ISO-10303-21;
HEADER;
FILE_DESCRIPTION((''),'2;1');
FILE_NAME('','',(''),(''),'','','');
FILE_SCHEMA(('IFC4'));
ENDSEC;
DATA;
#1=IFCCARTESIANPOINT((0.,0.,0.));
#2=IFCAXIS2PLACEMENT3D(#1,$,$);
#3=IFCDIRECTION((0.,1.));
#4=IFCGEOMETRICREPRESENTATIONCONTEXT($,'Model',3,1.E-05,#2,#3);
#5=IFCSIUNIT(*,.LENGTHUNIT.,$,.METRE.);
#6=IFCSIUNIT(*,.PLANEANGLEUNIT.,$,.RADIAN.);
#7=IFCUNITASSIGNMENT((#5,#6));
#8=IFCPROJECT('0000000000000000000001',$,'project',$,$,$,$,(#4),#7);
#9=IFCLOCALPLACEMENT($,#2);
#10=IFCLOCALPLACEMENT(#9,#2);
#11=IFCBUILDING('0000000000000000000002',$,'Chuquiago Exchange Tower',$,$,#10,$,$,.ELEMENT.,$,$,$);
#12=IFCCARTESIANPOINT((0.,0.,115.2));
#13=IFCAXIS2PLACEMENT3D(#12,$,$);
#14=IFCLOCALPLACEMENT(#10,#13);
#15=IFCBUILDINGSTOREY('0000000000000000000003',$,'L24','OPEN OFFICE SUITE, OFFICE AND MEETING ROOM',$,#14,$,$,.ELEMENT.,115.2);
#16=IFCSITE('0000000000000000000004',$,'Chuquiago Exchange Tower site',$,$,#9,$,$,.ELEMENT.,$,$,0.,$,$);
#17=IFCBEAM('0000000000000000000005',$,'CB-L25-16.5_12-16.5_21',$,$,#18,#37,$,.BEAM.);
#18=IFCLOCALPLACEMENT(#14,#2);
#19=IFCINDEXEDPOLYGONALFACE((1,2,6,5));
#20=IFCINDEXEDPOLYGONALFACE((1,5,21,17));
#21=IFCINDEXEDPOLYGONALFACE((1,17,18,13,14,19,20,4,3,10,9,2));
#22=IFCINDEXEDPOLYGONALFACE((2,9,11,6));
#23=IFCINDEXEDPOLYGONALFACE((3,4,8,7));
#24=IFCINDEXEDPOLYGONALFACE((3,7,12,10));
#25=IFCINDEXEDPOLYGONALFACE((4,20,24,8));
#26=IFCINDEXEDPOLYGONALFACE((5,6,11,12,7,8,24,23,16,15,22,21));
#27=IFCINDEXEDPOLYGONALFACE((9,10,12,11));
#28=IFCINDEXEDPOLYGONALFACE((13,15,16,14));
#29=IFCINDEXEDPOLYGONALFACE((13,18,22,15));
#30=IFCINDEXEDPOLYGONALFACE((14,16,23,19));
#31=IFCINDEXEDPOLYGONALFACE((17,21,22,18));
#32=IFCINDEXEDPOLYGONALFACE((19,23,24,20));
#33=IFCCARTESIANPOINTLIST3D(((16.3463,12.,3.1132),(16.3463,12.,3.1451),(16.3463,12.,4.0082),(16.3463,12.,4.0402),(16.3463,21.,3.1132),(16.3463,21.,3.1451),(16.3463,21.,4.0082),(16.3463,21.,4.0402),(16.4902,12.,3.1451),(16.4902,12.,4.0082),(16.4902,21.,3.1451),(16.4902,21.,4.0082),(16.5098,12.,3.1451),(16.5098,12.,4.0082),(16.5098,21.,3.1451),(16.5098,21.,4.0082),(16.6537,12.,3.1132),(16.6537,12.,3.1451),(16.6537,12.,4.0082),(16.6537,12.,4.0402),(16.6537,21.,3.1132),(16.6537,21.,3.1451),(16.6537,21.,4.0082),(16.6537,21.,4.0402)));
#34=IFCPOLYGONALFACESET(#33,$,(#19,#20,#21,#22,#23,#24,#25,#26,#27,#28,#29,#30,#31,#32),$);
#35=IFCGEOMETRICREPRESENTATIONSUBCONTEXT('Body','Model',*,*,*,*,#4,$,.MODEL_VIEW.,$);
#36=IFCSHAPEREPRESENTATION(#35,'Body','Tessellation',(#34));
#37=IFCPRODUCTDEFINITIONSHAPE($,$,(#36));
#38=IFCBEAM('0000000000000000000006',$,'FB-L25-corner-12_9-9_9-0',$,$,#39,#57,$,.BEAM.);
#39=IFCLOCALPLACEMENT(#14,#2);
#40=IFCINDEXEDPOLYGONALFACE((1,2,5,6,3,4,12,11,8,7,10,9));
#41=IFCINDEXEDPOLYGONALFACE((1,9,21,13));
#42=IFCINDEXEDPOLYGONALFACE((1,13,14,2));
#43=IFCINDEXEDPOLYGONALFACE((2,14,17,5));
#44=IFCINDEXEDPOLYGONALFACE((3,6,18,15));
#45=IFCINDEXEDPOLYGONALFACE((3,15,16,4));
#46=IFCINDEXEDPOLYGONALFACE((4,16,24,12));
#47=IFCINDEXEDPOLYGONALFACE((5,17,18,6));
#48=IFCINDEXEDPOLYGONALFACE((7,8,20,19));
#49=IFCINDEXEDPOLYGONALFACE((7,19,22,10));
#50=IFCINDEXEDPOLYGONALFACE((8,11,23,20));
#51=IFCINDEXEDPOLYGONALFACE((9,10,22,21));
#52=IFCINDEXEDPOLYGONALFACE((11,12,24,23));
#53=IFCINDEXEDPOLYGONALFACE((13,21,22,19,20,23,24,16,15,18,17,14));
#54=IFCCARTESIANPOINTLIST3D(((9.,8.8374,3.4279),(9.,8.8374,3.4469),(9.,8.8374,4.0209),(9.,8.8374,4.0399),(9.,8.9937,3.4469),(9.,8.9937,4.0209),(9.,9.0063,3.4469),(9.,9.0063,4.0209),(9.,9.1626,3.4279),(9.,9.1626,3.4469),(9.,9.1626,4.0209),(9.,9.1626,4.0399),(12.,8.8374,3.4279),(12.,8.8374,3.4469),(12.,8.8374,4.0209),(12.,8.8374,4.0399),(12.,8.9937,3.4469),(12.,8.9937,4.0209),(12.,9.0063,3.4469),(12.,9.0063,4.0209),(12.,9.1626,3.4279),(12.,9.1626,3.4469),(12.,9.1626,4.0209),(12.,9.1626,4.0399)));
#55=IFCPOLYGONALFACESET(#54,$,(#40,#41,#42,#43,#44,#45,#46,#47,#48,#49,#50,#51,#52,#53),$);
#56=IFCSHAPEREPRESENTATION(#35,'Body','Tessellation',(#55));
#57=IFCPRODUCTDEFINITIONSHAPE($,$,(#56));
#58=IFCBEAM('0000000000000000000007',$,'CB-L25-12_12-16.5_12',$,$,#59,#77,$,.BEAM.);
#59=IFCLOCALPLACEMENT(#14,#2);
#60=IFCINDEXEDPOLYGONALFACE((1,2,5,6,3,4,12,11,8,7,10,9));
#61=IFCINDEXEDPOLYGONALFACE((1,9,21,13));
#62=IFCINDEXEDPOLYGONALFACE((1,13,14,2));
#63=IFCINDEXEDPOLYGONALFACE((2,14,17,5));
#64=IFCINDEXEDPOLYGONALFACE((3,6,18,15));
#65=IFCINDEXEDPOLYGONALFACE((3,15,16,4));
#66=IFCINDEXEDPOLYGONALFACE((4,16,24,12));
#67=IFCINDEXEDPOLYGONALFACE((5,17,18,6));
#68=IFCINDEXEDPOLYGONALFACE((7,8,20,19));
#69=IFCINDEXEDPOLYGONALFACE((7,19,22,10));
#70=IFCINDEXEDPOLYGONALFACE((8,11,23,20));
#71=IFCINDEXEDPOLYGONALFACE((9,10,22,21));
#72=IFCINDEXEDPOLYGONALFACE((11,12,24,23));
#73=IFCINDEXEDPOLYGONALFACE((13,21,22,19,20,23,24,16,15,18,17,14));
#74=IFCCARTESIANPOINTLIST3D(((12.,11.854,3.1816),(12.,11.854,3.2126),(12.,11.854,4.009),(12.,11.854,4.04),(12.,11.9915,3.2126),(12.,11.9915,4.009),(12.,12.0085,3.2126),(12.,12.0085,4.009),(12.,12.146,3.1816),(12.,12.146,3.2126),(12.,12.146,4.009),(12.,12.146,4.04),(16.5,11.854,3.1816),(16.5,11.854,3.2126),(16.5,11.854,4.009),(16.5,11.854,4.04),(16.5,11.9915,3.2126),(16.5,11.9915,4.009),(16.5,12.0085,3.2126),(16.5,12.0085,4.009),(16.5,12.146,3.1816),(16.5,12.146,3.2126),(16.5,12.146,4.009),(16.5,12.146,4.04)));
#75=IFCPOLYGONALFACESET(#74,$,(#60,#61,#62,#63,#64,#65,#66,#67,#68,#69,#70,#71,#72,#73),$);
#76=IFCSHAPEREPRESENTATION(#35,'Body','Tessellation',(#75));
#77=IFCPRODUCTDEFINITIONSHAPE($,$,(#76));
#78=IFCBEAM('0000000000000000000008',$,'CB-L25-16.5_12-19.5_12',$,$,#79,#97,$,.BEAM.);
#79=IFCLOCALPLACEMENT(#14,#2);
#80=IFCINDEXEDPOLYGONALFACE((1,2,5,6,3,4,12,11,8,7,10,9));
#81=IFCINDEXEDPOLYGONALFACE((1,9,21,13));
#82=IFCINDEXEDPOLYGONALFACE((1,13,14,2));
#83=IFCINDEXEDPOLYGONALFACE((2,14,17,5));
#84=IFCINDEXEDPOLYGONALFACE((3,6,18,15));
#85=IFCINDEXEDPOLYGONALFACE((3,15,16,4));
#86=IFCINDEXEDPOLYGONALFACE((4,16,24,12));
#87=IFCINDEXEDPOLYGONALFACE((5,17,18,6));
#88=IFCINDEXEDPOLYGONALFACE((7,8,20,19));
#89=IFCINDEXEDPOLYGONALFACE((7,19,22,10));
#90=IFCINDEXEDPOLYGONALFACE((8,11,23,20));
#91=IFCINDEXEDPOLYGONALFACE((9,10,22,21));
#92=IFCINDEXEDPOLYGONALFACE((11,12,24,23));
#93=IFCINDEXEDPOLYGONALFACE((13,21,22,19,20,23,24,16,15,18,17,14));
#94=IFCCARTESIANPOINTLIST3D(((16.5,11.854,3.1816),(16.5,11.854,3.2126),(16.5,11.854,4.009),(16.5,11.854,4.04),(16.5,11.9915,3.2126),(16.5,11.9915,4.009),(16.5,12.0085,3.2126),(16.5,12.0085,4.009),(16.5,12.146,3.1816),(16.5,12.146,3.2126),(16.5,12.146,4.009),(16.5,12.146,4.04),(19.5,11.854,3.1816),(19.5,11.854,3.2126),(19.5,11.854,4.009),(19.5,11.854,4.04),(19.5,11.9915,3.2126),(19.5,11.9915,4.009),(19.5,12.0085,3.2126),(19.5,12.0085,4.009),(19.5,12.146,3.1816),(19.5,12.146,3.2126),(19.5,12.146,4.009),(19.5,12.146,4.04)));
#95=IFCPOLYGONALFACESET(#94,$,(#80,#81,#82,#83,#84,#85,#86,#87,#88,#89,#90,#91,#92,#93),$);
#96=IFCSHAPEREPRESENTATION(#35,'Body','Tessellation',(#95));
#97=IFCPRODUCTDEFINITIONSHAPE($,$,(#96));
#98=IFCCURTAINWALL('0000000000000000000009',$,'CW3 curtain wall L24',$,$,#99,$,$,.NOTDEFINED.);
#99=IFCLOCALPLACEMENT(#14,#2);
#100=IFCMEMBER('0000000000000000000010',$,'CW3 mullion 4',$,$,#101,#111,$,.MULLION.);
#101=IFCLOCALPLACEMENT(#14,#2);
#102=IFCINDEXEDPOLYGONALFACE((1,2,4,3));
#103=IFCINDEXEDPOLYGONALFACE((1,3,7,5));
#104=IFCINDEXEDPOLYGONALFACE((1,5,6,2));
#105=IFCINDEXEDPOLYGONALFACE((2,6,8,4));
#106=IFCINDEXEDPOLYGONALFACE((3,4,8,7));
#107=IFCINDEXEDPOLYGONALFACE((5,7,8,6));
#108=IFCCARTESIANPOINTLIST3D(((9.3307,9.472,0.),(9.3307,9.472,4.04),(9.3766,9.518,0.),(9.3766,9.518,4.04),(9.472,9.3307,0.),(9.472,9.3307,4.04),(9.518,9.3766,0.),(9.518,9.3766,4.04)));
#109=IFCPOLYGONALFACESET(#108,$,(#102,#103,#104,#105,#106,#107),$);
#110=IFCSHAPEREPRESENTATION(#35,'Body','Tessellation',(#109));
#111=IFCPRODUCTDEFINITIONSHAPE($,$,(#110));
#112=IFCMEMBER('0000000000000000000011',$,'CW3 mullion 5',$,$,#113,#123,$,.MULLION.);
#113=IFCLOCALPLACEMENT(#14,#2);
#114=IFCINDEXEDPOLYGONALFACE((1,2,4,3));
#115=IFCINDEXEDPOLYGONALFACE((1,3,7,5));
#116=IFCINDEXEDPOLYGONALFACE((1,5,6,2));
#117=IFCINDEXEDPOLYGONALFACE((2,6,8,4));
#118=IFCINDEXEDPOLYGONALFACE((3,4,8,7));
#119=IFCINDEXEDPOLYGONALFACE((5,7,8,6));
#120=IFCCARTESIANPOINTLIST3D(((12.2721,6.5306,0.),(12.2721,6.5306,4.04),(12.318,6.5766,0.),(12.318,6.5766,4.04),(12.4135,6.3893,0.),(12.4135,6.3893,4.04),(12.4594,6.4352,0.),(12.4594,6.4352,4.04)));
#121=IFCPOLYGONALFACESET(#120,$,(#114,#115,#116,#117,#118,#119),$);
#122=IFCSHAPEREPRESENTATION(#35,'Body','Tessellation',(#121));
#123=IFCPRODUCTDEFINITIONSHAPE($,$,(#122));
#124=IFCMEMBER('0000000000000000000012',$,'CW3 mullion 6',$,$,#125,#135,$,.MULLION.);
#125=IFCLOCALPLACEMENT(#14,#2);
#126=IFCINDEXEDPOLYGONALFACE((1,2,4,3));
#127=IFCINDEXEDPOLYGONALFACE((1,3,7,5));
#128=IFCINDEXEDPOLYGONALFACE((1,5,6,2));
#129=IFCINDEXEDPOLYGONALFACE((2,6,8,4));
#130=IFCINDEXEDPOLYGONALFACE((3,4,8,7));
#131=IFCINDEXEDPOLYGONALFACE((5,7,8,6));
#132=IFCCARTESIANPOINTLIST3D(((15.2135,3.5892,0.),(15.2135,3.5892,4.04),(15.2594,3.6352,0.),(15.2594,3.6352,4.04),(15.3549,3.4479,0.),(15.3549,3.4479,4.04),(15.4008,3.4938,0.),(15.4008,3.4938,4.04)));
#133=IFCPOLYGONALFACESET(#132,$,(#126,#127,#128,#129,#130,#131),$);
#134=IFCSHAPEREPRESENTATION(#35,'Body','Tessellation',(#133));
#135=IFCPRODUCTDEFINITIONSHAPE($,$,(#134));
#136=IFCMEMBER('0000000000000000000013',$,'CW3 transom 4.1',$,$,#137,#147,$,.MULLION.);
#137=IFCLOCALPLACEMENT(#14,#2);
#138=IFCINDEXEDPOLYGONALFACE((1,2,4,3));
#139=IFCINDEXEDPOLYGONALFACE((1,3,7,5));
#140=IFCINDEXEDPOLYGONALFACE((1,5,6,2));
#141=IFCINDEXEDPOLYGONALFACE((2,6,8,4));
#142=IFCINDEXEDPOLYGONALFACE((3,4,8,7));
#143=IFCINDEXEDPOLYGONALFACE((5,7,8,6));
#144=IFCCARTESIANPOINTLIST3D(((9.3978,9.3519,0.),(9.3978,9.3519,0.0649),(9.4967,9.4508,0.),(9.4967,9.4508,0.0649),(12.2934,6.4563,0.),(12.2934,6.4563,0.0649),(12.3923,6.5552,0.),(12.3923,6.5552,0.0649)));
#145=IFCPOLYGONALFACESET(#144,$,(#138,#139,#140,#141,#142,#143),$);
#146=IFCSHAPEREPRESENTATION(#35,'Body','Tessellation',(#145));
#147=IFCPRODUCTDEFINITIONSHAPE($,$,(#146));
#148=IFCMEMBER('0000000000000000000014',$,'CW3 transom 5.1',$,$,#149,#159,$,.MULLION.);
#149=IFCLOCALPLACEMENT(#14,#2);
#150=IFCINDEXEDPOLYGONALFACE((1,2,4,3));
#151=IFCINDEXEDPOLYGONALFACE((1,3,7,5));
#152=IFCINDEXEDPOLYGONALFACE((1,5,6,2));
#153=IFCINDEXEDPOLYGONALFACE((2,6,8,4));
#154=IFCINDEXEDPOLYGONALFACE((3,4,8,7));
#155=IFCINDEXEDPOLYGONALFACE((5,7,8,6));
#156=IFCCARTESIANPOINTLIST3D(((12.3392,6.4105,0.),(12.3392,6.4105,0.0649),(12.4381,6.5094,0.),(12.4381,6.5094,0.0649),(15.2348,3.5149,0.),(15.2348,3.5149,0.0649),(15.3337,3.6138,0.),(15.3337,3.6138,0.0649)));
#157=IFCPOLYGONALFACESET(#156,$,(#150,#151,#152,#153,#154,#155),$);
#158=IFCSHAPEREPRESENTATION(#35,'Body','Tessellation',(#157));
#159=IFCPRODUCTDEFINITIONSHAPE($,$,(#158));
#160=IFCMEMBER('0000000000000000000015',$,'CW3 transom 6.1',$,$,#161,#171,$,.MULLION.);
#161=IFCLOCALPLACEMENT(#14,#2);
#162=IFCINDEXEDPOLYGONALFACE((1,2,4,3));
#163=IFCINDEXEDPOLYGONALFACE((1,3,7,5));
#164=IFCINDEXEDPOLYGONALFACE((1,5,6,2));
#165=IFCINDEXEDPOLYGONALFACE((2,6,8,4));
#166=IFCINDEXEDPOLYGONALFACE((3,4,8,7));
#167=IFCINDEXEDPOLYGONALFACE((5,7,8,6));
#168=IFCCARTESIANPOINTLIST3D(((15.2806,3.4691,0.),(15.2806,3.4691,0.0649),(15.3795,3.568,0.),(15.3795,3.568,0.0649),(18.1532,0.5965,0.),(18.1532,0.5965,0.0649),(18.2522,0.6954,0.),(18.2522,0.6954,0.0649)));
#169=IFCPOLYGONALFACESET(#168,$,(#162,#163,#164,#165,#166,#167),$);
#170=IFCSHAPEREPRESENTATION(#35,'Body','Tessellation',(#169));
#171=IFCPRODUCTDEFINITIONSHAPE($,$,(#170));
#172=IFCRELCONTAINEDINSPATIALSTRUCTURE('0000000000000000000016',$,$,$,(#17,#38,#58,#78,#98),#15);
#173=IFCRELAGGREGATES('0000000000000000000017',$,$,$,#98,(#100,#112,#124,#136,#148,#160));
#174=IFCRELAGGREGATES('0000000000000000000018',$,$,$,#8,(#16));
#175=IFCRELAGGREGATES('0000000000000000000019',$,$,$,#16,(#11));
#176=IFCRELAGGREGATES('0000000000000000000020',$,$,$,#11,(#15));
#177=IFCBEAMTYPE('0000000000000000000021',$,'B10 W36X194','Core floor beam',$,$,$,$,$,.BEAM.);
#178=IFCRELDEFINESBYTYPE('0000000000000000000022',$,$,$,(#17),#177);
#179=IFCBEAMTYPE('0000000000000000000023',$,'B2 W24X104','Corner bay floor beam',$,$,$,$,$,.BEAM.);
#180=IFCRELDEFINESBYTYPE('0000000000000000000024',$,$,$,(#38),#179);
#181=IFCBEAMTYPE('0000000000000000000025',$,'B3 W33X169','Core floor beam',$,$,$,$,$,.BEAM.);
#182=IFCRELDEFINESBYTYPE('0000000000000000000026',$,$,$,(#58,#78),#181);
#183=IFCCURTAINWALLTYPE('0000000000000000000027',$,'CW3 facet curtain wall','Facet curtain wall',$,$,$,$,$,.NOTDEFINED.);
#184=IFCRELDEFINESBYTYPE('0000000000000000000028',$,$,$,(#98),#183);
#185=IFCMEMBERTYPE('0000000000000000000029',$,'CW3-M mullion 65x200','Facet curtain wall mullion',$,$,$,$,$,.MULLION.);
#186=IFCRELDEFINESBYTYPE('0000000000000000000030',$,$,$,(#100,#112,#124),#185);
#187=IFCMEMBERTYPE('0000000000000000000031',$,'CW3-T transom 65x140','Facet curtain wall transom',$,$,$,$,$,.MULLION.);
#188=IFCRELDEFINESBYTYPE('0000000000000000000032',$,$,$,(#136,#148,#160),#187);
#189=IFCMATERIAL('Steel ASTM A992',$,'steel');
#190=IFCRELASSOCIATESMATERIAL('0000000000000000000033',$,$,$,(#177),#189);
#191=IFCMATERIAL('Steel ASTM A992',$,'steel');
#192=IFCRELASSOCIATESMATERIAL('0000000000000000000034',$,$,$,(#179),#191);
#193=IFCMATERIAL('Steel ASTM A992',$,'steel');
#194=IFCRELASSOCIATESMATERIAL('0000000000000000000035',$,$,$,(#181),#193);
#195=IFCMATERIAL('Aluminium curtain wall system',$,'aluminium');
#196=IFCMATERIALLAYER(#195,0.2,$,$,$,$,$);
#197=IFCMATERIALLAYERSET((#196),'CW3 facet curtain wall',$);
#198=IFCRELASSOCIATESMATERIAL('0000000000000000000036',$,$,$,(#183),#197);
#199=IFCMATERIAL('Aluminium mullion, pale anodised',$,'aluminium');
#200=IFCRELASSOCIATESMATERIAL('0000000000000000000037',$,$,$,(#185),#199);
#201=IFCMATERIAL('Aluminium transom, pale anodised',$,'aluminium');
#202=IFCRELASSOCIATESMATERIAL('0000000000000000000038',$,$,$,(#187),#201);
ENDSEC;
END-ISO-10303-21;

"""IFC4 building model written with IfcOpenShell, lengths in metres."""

from ifc_helpers import new_model, si_unit, direction, frame, origin, origin_2d, place, context, subcontext, project, spatial, rectangle, i_section, extrude, material, layer, layer_set, material_profile, profile_set, type_object, element, aggregate, save


model = new_model("IFC4")

# Units and contexts
model_context = context("Model", 3, precision=1e-05, world=origin(), true_north=direction((0.0, 1.0)))
body_context = subcontext(model_context, "Body", "Model", "MODEL_VIEW")
ifc_project = project(units=[si_unit("LENGTHUNIT", "METRE"), si_unit("PLANEANGLEUNIT", "RADIAN")], contexts=[model_context])

# Site, building, storey
site_placement = place(None, origin())
site = spatial("IfcSite", under=ifc_project, at=site_placement, Name="Chuquiago Exchange Tower site", CompositionType="ELEMENT", RefElevation=0.0)
building_placement = place(site_placement, origin())
building = spatial("IfcBuilding", under=site, at=building_placement, Name="Chuquiago Exchange Tower", CompositionType="ELEMENT")
storey_placement = place(building_placement, frame((0.0, 0.0, 115.2)))
storey = spatial("IfcBuildingStorey", under=building, at=storey_placement, Name="L24", Description="OPEN OFFICE SUITE, OFFICE AND MEETING ROOM", CompositionType="ELEMENT", Elevation=115.2)

# Beams
ifc_material_1 = material(Name="Steel ASTM A992", Category="steel")
ifc_material_profile_1 = material_profile(ifc_material_1, i_section(OverallWidth=0.3074, OverallDepth=0.927, WebThickness=0.0195, FlangeThickness=0.032, at=origin_2d()), Name="W36X194")
ifc_profile_set_1 = profile_set([ifc_material_profile_1], Name="Steel ASTM A992")
beam_type_1 = type_object("IfcBeamType", Name="B10 W36X194", Description="Core floor beam", PredefinedType="BEAM", material=ifc_profile_set_1)
for number, where, z_axis, x_axis, name in (
    (1, (16.5, 12.0, 3.5767), (0.0, 1.0, 0.0), (-1.0, 0.0, 0.0), "CB-L25-16.5_12-16.5_21"),
):
    element("IfcBeam", number, at=place(storey_placement, frame(where, z_axis=z_axis, x_axis=x_axis)), inside=storey, type_object=beam_type_1, Name=name, PredefinedType="BEAM", context=body_context, shape_type="SweptSolid", body=[
        extrude(i_section(OverallWidth=0.3074, OverallDepth=0.927, WebThickness=0.0195, FlangeThickness=0.032, at=origin_2d()), origin(), (0.0, 0.0, 1.0), 9.0),
    ])
ifc_material_2 = material(Name="Steel ASTM A992", Category="steel")
ifc_material_profile_2 = material_profile(ifc_material_2, i_section(OverallWidth=0.3252, OverallDepth=0.6121, WebThickness=0.0127, FlangeThickness=0.019, at=origin_2d()), Name="W24X104")
ifc_profile_set_2 = profile_set([ifc_material_profile_2], Name="Steel ASTM A992")
beam_type_2 = type_object("IfcBeamType", Name="B2 W24X104", Description="Corner bay floor beam", PredefinedType="BEAM", material=ifc_profile_set_2)
beam_1_placement = place(storey_placement, frame((12.0, 9.0, 3.7339), z_axis=(-1.0, 0.0, 0.0), x_axis=(0.0, -1.0, 0.0)))
element("IfcBeam", 2, at=beam_1_placement, inside=storey, type_object=beam_type_2, Name="FB-L25-corner-12_9-9_9-0", PredefinedType="BEAM", context=body_context, shape_type="SweptSolid", body=[
    extrude(i_section(OverallWidth=0.3252, OverallDepth=0.6121, WebThickness=0.0127, FlangeThickness=0.019, at=origin_2d()), origin(), (0.0, 0.0, 1.0), 3.0),
])
ifc_material_3 = material(Name="Steel ASTM A992", Category="steel")
ifc_material_profile_3 = material_profile(ifc_material_3, i_section(OverallWidth=0.292, OverallDepth=0.8584, WebThickness=0.0171, FlangeThickness=0.031, at=origin_2d()), Name="W33X169")
ifc_profile_set_3 = profile_set([ifc_material_profile_3], Name="Steel ASTM A992")
beam_type_3 = type_object("IfcBeamType", Name="B3 W33X169", Description="Core floor beam", PredefinedType="BEAM", material=ifc_profile_set_3)
beam_2_placement = place(storey_placement, frame((12.0, 12.0, 3.6108), z_axis=(1.0, 0.0, 0.0), x_axis=(0.0, 1.0, 0.0)))
element("IfcBeam", 3, at=beam_2_placement, inside=storey, type_object=beam_type_3, Name="CB-L25-12_12-16.5_12", PredefinedType="BEAM", context=body_context, shape_type="SweptSolid", body=[
    extrude(i_section(OverallWidth=0.292, OverallDepth=0.8584, WebThickness=0.0171, FlangeThickness=0.031, at=origin_2d()), origin(), (0.0, 0.0, 1.0), 4.5),
])
beam_3_placement = place(storey_placement, frame((16.5, 12.0, 3.6108), z_axis=(1.0, 0.0, 0.0), x_axis=(0.0, 1.0, 0.0)))
element("IfcBeam", 4, at=beam_3_placement, inside=storey, type_object=beam_type_3, Name="CB-L25-16.5_12-19.5_12", PredefinedType="BEAM", context=body_context, shape_type="SweptSolid", body=[
    extrude(i_section(OverallWidth=0.292, OverallDepth=0.8584, WebThickness=0.0171, FlangeThickness=0.031, at=origin_2d()), origin(), (0.0, 0.0, 1.0), 3.0),
])

# Curtain wall, members
ifc_material_4 = material(Name="Aluminium curtain wall system", Category="aluminium")
ifc_layer_1 = layer(ifc_material_4, 0.2)
ifc_layer_set_1 = layer_set([ifc_layer_1], Name="CW3 facet curtain wall")
curtain_wall_type = type_object("IfcCurtainWallType", Name="CW3 facet curtain wall", Description="Facet curtain wall", PredefinedType="NOTDEFINED", material=ifc_layer_set_1)
curtain_wall_placement = place(storey_placement, origin())
curtain_wall = element("IfcCurtainWall", 5, at=curtain_wall_placement, inside=storey, type_object=curtain_wall_type, Name="CW3 curtain wall L24", PredefinedType="NOTDEFINED")
ifc_material_5 = material(Name="Aluminium mullion, pale anodised", Category="aluminium")
ifc_material_profile_4 = material_profile(ifc_material_5, rectangle(XDim=0.0649, YDim=0.2, at=origin_2d()), Name="AL 65x200")
ifc_profile_set_4 = profile_set([ifc_material_profile_4], Name="Aluminium mullion, pale anodised")
member_type_1 = type_object("IfcMemberType", Name="CW3-M mullion 65x200", Description="Facet curtain wall mullion", PredefinedType="MULLION", material=ifc_profile_set_4)
member_1_placement = place(storey_placement, frame((9.4243, 9.4243, 0.0), z_axis=(0.0, 0.0, 1.0), x_axis=(0.707107, 0.707107, 0.0)))
member_1 = element("IfcMember", 6, at=member_1_placement, type_object=member_type_1, Name="CW3 mullion 4", PredefinedType="MULLION", context=body_context, shape_type="SweptSolid", body=[
    extrude(rectangle(XDim=0.0649, YDim=0.2, at=origin_2d()), origin(), (0.0, 0.0, 1.0), 4.04),
])
member_2_placement = place(storey_placement, frame((12.3657, 6.4829, 0.0), z_axis=(0.0, 0.0, 1.0), x_axis=(0.707107, 0.707107, 0.0)))
member_2 = element("IfcMember", 7, at=member_2_placement, type_object=member_type_1, Name="CW3 mullion 5", PredefinedType="MULLION", context=body_context, shape_type="SweptSolid", body=[
    extrude(rectangle(XDim=0.0649, YDim=0.2, at=origin_2d()), origin(), (0.0, 0.0, 1.0), 4.04),
])
member_3_placement = place(storey_placement, frame((15.3071, 3.5415, 0.0), z_axis=(0.0, 0.0, 1.0), x_axis=(0.707107, 0.707107, 0.0)))
member_3 = element("IfcMember", 8, at=member_3_placement, type_object=member_type_1, Name="CW3 mullion 6", PredefinedType="MULLION", context=body_context, shape_type="SweptSolid", body=[
    extrude(rectangle(XDim=0.0649, YDim=0.2, at=origin_2d()), origin(), (0.0, 0.0, 1.0), 4.04),
])
ifc_material_6 = material(Name="Aluminium transom, pale anodised", Category="aluminium")
ifc_material_profile_5 = material_profile(ifc_material_6, rectangle(XDim=0.1399, YDim=0.0649, at=origin_2d()), Name="AL 140x65")
ifc_profile_set_5 = profile_set([ifc_material_profile_5], Name="Aluminium transom, pale anodised")
member_type_2 = type_object("IfcMemberType", Name="CW3-T transom 65x140", Description="Facet curtain wall transom", PredefinedType="MULLION", material=ifc_profile_set_5)
member_4_placement = place(storey_placement, frame((9.4473, 9.4014, 0.0325), z_axis=(0.707107, -0.707107, 0.0), x_axis=(0.707107, 0.707107, 0.0)))
member_4 = element("IfcMember", 9, at=member_4_placement, type_object=member_type_2, Name="CW3 transom 4.1", PredefinedType="MULLION", context=body_context, shape_type="SweptSolid", body=[
    extrude(rectangle(XDim=0.1399, YDim=0.0649, at=origin_2d()), origin(), (0.0, 0.0, 1.0), 4.095),
])
member_5_placement = place(storey_placement, frame((12.3887, 6.46, 0.0325), z_axis=(0.707107, -0.707107, 0.0), x_axis=(0.707107, 0.707107, 0.0)))
member_5 = element("IfcMember", 10, at=member_5_placement, type_object=member_type_2, Name="CW3 transom 5.1", PredefinedType="MULLION", context=body_context, shape_type="SweptSolid", body=[
    extrude(rectangle(XDim=0.1399, YDim=0.0649, at=origin_2d()), origin(), (0.0, 0.0, 1.0), 4.095),
])
member_6_placement = place(storey_placement, frame((15.3301, 3.5186, 0.0325), z_axis=(0.707107, -0.707107, 0.0), x_axis=(0.707107, 0.707107, 0.0)))
member_6 = element("IfcMember", 11, at=member_6_placement, type_object=member_type_2, Name="CW3 transom 6.1", PredefinedType="MULLION", context=body_context, shape_type="SweptSolid", body=[
    extrude(rectangle(XDim=0.1399, YDim=0.0649, at=origin_2d()), origin(), (0.0, 0.0, 1.0), 4.0625),
])

aggregate(curtain_wall, [member_1, member_2, member_3, member_4, member_5, member_6])

save(model, "model.ifc")
